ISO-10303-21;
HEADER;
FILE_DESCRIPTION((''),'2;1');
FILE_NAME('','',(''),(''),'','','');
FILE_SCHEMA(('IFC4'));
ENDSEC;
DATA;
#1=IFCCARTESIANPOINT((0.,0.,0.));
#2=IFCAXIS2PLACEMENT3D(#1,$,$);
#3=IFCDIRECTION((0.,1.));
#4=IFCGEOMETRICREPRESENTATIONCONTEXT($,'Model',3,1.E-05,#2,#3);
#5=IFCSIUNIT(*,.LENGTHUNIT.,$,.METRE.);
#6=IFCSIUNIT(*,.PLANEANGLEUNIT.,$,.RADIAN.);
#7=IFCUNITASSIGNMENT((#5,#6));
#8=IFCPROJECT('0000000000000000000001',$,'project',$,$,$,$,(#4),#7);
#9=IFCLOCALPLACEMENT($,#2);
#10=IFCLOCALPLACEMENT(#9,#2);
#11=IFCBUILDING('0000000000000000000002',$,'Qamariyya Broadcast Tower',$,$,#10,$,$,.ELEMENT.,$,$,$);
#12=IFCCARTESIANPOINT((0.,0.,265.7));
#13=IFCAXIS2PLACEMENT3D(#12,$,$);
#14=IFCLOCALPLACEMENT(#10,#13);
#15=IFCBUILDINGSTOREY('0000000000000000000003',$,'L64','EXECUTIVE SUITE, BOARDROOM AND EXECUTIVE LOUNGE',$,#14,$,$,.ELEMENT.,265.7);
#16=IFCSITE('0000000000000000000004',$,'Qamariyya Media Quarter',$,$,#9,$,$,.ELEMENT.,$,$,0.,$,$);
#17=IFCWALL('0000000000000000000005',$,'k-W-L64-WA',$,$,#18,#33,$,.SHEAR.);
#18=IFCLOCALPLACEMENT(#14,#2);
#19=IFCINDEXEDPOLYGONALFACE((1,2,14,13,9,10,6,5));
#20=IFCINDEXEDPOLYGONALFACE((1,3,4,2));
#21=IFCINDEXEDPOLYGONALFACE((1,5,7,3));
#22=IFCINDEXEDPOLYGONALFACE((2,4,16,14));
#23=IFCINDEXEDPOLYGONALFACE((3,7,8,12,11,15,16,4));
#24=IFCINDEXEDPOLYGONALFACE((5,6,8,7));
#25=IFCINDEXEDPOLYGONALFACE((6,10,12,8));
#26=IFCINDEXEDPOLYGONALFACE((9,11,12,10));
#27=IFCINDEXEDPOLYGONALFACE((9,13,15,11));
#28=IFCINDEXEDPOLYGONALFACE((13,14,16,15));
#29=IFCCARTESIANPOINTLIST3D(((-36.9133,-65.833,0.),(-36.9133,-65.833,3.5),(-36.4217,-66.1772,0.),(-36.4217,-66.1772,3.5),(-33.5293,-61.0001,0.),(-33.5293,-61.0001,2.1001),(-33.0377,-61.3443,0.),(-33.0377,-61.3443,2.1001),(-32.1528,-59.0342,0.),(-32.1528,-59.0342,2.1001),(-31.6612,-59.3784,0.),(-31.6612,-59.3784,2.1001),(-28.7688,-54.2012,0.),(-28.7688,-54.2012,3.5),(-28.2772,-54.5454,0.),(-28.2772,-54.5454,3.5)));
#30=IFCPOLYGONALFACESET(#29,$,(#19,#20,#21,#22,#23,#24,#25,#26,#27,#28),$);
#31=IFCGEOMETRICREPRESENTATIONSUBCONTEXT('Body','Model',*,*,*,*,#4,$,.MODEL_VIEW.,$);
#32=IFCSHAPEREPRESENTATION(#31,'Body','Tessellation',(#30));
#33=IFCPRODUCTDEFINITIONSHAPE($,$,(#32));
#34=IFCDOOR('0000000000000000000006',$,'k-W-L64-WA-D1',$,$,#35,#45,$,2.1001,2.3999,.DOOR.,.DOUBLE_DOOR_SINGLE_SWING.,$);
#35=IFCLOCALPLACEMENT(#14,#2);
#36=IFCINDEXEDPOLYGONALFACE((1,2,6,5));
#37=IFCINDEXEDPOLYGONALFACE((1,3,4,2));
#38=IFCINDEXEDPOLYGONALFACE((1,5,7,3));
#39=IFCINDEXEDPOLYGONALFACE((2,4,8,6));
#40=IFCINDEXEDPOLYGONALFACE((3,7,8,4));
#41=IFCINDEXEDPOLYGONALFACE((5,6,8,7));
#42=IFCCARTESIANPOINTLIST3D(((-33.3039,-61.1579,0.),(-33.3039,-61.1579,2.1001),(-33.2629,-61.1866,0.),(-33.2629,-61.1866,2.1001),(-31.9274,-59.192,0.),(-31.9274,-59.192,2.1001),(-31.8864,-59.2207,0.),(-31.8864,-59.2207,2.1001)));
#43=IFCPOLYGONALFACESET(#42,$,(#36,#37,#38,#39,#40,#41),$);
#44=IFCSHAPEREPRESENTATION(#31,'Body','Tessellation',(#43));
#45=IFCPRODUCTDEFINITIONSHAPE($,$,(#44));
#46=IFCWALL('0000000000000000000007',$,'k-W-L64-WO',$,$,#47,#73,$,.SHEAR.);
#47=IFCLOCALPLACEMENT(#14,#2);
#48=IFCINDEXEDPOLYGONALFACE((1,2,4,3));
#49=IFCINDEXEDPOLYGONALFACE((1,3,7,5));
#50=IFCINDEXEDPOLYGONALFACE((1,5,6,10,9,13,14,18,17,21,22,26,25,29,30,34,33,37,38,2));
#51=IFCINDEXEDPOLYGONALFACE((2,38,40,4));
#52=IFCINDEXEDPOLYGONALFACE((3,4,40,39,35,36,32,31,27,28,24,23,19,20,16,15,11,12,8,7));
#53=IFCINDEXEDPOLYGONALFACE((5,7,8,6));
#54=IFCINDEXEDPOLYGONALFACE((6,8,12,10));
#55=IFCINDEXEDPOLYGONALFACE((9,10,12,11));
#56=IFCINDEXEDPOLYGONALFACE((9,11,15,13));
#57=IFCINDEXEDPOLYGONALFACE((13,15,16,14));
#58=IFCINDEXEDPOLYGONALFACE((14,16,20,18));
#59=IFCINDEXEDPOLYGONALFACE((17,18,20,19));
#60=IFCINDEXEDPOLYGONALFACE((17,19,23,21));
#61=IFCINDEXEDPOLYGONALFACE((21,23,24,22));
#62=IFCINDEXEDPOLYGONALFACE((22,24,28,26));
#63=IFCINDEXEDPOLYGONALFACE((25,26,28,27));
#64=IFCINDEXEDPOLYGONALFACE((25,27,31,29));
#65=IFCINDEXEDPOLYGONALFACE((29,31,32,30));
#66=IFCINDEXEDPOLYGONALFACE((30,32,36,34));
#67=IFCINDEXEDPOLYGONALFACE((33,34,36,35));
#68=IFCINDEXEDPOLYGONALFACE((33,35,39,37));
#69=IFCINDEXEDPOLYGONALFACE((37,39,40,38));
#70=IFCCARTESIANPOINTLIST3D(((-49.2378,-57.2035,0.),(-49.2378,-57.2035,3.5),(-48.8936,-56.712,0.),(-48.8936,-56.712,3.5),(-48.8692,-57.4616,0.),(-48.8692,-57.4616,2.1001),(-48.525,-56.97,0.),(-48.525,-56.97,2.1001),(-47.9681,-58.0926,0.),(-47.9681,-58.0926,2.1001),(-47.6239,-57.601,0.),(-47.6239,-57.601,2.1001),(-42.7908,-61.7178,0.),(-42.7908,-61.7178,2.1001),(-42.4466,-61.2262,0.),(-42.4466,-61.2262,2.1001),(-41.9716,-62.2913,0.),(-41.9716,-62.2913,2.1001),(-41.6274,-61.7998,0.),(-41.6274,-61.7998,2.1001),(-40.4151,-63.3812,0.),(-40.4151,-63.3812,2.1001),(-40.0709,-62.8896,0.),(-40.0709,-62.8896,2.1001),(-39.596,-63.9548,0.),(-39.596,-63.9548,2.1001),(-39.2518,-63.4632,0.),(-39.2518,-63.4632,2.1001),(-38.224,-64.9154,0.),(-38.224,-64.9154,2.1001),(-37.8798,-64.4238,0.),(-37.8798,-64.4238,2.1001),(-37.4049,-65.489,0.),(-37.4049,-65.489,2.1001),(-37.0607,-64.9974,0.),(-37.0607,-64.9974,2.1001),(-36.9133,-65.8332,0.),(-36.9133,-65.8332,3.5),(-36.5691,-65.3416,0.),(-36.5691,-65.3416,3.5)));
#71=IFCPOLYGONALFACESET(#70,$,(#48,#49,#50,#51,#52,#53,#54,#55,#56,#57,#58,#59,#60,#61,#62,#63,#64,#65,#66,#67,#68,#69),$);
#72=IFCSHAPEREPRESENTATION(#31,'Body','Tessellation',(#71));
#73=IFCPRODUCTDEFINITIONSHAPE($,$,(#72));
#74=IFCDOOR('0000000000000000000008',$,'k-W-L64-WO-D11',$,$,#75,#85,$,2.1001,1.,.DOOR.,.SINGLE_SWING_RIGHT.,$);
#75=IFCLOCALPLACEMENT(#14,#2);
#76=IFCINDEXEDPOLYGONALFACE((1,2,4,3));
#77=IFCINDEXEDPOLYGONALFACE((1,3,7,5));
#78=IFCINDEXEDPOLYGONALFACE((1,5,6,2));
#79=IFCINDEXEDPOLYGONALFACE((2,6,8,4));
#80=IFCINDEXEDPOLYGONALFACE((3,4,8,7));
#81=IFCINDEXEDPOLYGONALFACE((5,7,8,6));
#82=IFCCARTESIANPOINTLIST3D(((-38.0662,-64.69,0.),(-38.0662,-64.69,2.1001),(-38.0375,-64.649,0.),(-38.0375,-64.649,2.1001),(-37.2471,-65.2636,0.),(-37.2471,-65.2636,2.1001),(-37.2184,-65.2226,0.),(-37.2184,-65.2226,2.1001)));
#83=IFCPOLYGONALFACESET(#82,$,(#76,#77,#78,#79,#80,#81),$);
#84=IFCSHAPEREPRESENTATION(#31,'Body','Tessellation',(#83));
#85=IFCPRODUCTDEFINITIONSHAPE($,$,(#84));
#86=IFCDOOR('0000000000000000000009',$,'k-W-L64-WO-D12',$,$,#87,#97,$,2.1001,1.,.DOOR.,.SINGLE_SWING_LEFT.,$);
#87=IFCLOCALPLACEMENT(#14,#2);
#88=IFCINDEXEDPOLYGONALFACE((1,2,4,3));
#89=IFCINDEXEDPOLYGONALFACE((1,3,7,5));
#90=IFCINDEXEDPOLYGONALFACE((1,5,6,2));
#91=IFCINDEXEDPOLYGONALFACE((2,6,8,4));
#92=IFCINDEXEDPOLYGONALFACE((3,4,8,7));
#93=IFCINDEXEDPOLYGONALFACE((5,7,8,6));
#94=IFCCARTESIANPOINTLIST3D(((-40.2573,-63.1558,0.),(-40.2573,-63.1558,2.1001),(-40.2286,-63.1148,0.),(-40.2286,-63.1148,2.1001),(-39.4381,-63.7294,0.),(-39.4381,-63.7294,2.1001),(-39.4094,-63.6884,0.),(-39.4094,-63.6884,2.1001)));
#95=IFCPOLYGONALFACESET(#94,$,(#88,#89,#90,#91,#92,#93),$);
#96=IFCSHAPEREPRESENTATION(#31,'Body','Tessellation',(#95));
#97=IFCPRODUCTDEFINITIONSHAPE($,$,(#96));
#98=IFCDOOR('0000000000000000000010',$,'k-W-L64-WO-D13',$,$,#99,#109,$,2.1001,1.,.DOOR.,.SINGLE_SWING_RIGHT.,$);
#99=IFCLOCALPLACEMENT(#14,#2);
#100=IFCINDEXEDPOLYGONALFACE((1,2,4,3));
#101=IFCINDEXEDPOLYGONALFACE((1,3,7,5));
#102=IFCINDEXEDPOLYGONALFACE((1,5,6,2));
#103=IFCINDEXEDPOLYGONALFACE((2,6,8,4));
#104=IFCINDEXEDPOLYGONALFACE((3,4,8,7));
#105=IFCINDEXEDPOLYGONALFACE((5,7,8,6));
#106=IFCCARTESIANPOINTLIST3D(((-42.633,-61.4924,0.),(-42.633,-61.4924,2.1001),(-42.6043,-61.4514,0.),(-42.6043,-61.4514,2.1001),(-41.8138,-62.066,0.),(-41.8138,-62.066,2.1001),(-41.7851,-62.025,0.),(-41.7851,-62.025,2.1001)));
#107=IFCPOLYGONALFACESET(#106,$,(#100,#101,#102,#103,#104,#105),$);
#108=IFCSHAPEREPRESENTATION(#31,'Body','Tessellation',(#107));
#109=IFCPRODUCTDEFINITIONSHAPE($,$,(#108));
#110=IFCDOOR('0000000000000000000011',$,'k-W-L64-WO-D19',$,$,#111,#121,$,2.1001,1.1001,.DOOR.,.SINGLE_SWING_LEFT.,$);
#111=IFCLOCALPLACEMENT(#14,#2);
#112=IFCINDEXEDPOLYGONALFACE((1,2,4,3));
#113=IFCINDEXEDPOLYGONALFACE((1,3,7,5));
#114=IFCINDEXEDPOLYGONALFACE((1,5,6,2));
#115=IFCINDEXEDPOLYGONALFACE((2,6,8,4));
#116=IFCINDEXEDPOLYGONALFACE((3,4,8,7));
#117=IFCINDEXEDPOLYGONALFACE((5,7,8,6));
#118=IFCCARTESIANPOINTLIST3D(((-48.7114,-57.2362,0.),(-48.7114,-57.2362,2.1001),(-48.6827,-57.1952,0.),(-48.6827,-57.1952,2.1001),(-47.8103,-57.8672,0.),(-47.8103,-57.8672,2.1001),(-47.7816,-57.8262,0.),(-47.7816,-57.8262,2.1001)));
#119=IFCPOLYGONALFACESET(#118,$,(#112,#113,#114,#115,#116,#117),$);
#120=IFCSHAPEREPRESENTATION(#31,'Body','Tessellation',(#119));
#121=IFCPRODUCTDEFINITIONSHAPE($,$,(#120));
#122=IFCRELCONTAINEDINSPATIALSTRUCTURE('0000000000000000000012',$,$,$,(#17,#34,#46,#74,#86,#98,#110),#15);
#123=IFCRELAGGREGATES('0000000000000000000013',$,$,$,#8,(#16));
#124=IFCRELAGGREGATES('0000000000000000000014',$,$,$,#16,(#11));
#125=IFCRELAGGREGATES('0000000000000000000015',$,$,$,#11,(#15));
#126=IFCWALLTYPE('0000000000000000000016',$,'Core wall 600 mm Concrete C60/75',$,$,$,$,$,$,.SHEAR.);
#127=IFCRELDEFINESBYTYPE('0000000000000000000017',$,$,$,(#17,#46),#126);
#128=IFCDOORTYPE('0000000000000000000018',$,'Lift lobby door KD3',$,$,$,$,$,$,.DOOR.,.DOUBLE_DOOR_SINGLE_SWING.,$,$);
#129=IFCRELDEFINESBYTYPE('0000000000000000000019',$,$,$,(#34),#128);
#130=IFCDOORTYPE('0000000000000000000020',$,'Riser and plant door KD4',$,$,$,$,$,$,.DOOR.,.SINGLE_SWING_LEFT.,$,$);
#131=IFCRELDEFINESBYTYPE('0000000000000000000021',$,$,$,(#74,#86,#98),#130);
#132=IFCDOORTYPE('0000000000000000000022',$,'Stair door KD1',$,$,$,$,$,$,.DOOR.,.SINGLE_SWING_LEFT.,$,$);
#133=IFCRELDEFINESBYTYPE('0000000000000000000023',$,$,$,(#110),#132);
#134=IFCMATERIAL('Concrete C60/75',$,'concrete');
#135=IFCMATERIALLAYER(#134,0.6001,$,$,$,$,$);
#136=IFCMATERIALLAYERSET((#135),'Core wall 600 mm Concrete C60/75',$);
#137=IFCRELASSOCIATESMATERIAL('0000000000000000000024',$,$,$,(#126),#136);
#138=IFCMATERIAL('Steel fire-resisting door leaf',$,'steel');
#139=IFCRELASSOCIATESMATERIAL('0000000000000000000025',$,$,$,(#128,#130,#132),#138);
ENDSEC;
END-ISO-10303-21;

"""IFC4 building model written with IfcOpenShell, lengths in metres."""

from ifc_helpers import new_model, si_unit, direction, frame, frame_2d, origin, place, context, subcontext, project, spatial, rectangle, extrude, material, layer, layer_set, type_object, element, fill, save


model = new_model("IFC4")

# Units and contexts
model_context = context("Model", 3, precision=1e-05, world=origin(), true_north=direction((0.0, 1.0)))
body_context = subcontext(model_context, "Body", "Model", "MODEL_VIEW")
ifc_project = project(units=[si_unit("LENGTHUNIT", "METRE"), si_unit("PLANEANGLEUNIT", "RADIAN")], contexts=[model_context])

# Site, building, storey
site_placement = place(None, origin())
site = spatial("IfcSite", under=ifc_project, at=site_placement, Name="Qamariyya Media Quarter", CompositionType="ELEMENT", RefElevation=0.0)
building_placement = place(site_placement, origin())
building = spatial("IfcBuilding", under=site, at=building_placement, Name="Qamariyya Broadcast Tower", CompositionType="ELEMENT")
storey_placement = place(building_placement, frame((0.0, 0.0, 265.7)))
storey = spatial("IfcBuildingStorey", under=building, at=storey_placement, Name="L64", Description="EXECUTIVE SUITE, BOARDROOM AND EXECUTIVE LOUNGE", CompositionType="ELEMENT", Elevation=265.7)

# Wall, opening, door
ifc_material_1 = material(Name="Concrete C60/75", Category="concrete")
ifc_layer_1 = layer(ifc_material_1, 0.6001)
ifc_layer_set_1 = layer_set([ifc_layer_1], Name="Core wall 600 mm Concrete C60/75")
wall_type_1 = type_object("IfcWallType", Name="Core wall 600 mm Concrete C60/75", PredefinedType="SHEAR", material=ifc_layer_set_1)
wall_1_placement = place(storey_placement, frame((-36.6675, -66.0051, 0.0), z_axis=(0.0, 0.0, 1.0), x_axis=(0.573568, 0.819158, 0.0)))
wall_1 = element("IfcWall", 1, at=wall_1_placement, inside=storey, type_object=wall_type_1, Name="k-W-L64-WA", PredefinedType="SHEAR", context=body_context, shape_type="SweptSolid", body=[
    extrude(rectangle(XDim=14.1997, YDim=0.6001, at=frame_2d((7.0999, 0.0))), origin(), (0.0, 0.0, 1.0), 3.5),
])
opening_1_placement = place(wall_1_placement, frame((5.8999, 0.0, 0.0)))
opening_1 = element("IfcOpeningElement", 2, at=opening_1_placement, cuts=wall_1, PredefinedType="OPENING", context=body_context, shape_type="SweptSolid", body=[
    extrude(rectangle(XDim=2.3999, YDim=2.1001, at=frame_2d((1.2, 1.05))), frame((0.0, 0.3101, 0.0), z_axis=(0.0, -1.0, 0.0), x_axis=(1.0, 0.0, 0.0)), (0.0, 0.0, 1.0), 0.6201),
])
ifc_material_2 = material(Name="Steel fire-resisting door leaf", Category="steel")
door_type_1 = type_object("IfcDoorType", Name="Lift lobby door KD3", OperationType="DOUBLE_DOOR_SINGLE_SWING", PredefinedType="DOOR", material=ifc_material_2)
door_1_placement = place(opening_1_placement, origin())
door_1 = element("IfcDoor", 3, at=door_1_placement, inside=storey, type_object=door_type_1, Name="k-W-L64-WA-D1", OperationType="DOUBLE_DOOR_SINGLE_SWING", OverallHeight=2.1001, OverallWidth=2.3999, PredefinedType="DOOR", context=body_context, shape_type="SweptSolid", body=[
    extrude(rectangle(XDim=2.3999, YDim=2.1001, at=frame_2d((1.2, 1.05))), frame((0.0, 0.0249, 0.0), z_axis=(0.0, -1.0, 0.0), x_axis=(1.0, 0.0, 0.0)), (0.0, 0.0, 1.0), 0.05),
])
fill(opening_1, door_1)

# Wall, openings, doors
wall_2_placement = place(storey_placement, frame((-36.7412, -65.5874, 0.0), z_axis=(0.0, 0.0, 1.0), x_axis=(-0.819153, 0.573575, 0.0)))
wall_2 = element("IfcWall", 4, at=wall_2_placement, inside=storey, type_object=wall_type_1, Name="k-W-L64-WO", PredefinedType="SHEAR", context=body_context, shape_type="SweptSolid", body=[
    extrude(rectangle(XDim=15.0454, YDim=0.6001, at=frame_2d((7.5227, 0.0))), origin(), (0.0, 0.0, 1.0), 3.5),
])
opening_2_placement = place(wall_2_placement, frame((0.6001, 0.0, 0.0)))
opening_2 = element("IfcOpeningElement", 5, at=opening_2_placement, cuts=wall_2, PredefinedType="OPENING", context=body_context, shape_type="SweptSolid", body=[
    extrude(rectangle(XDim=1.0, YDim=2.1001, at=frame_2d((0.5, 1.05))), frame((0.0, 0.3101, 0.0), z_axis=(0.0, -1.0, 0.0), x_axis=(1.0, 0.0, 0.0)), (0.0, 0.0, 1.0), 0.6201),
])
opening_3_placement = place(wall_2_placement, frame((3.2749, 0.0, 0.0)))
opening_3 = element("IfcOpeningElement", 6, at=opening_3_placement, cuts=wall_2, PredefinedType="OPENING", context=body_context, shape_type="SweptSolid", body=[
    extrude(rectangle(XDim=1.0, YDim=2.1001, at=frame_2d((0.5, 1.05))), frame((0.0, 0.3101, 0.0), z_axis=(0.0, -1.0, 0.0), x_axis=(1.0, 0.0, 0.0)), (0.0, 0.0, 1.0), 0.6201),
])
opening_4_placement = place(wall_2_placement, frame((6.175, 0.0, 0.0)))
opening_4 = element("IfcOpeningElement", 7, at=opening_4_placement, cuts=wall_2, PredefinedType="OPENING", context=body_context, shape_type="SweptSolid", body=[
    extrude(rectangle(XDim=1.0, YDim=2.1001, at=frame_2d((0.5, 1.05))), frame((0.0, 0.3101, 0.0), z_axis=(0.0, -1.0, 0.0), x_axis=(1.0, 0.0, 0.0)), (0.0, 0.0, 1.0), 0.6201),
])
opening_5_placement = place(wall_2_placement, frame((13.4954, 0.0, 0.0)))
opening_5 = element("IfcOpeningElement", 8, at=opening_5_placement, cuts=wall_2, PredefinedType="OPENING", context=body_context, shape_type="SweptSolid", body=[
    extrude(rectangle(XDim=1.1001, YDim=2.1001, at=frame_2d((0.55, 1.05))), frame((0.0, 0.3101, 0.0), z_axis=(0.0, -1.0, 0.0), x_axis=(1.0, 0.0, 0.0)), (0.0, 0.0, 1.0), 0.6201),
])
door_type_2 = type_object("IfcDoorType", Name="Riser and plant door KD4", OperationType="SINGLE_SWING_LEFT", PredefinedType="DOOR", material=ifc_material_2)
door_2_placement = place(opening_2_placement, origin())
door_2 = element("IfcDoor", 9, at=door_2_placement, inside=storey, type_object=door_type_2, Name="k-W-L64-WO-D11", OperationType="SINGLE_SWING_RIGHT", OverallHeight=2.1001, OverallWidth=1.0, PredefinedType="DOOR", context=body_context, shape_type="SweptSolid", body=[
    extrude(rectangle(XDim=1.0, YDim=2.1001, at=frame_2d((0.5, 1.05))), frame((0.0, 0.0249, 0.0), z_axis=(0.0, -1.0, 0.0), x_axis=(1.0, 0.0, 0.0)), (0.0, 0.0, 1.0), 0.05),
])
fill(opening_2, door_2)
door_3_placement = place(opening_3_placement, origin())
door_3 = element("IfcDoor", 10, at=door_3_placement, inside=storey, type_object=door_type_2, Name="k-W-L64-WO-D12", OperationType="SINGLE_SWING_LEFT", OverallHeight=2.1001, OverallWidth=1.0, PredefinedType="DOOR", context=body_context, shape_type="SweptSolid", body=[
    extrude(rectangle(XDim=1.0, YDim=2.1001, at=frame_2d((0.5, 1.05))), frame((0.0, 0.0249, 0.0), z_axis=(0.0, -1.0, 0.0), x_axis=(1.0, 0.0, 0.0)), (0.0, 0.0, 1.0), 0.05),
])
fill(opening_3, door_3)
door_4_placement = place(opening_4_placement, origin())
door_4 = element("IfcDoor", 11, at=door_4_placement, inside=storey, type_object=door_type_2, Name="k-W-L64-WO-D13", OperationType="SINGLE_SWING_RIGHT", OverallHeight=2.1001, OverallWidth=1.0, PredefinedType="DOOR", context=body_context, shape_type="SweptSolid", body=[
    extrude(rectangle(XDim=1.0, YDim=2.1001, at=frame_2d((0.5, 1.05))), frame((0.0, 0.0249, 0.0), z_axis=(0.0, -1.0, 0.0), x_axis=(1.0, 0.0, 0.0)), (0.0, 0.0, 1.0), 0.05),
])
fill(opening_4, door_4)
door_type_3 = type_object("IfcDoorType", Name="Stair door KD1", OperationType="SINGLE_SWING_LEFT", PredefinedType="DOOR", material=ifc_material_2)
door_5_placement = place(opening_5_placement, origin())
door_5 = element("IfcDoor", 12, at=door_5_placement, inside=storey, type_object=door_type_3, Name="k-W-L64-WO-D19", OperationType="SINGLE_SWING_LEFT", OverallHeight=2.1001, OverallWidth=1.1001, PredefinedType="DOOR", context=body_context, shape_type="SweptSolid", body=[
    extrude(rectangle(XDim=1.1001, YDim=2.1001, at=frame_2d((0.55, 1.05))), frame((0.0, 0.0249, 0.0), z_axis=(0.0, -1.0, 0.0), x_axis=(1.0, 0.0, 0.0)), (0.0, 0.0, 1.0), 0.05),
])
fill(opening_5, door_5)

save(model, "model.ifc")
